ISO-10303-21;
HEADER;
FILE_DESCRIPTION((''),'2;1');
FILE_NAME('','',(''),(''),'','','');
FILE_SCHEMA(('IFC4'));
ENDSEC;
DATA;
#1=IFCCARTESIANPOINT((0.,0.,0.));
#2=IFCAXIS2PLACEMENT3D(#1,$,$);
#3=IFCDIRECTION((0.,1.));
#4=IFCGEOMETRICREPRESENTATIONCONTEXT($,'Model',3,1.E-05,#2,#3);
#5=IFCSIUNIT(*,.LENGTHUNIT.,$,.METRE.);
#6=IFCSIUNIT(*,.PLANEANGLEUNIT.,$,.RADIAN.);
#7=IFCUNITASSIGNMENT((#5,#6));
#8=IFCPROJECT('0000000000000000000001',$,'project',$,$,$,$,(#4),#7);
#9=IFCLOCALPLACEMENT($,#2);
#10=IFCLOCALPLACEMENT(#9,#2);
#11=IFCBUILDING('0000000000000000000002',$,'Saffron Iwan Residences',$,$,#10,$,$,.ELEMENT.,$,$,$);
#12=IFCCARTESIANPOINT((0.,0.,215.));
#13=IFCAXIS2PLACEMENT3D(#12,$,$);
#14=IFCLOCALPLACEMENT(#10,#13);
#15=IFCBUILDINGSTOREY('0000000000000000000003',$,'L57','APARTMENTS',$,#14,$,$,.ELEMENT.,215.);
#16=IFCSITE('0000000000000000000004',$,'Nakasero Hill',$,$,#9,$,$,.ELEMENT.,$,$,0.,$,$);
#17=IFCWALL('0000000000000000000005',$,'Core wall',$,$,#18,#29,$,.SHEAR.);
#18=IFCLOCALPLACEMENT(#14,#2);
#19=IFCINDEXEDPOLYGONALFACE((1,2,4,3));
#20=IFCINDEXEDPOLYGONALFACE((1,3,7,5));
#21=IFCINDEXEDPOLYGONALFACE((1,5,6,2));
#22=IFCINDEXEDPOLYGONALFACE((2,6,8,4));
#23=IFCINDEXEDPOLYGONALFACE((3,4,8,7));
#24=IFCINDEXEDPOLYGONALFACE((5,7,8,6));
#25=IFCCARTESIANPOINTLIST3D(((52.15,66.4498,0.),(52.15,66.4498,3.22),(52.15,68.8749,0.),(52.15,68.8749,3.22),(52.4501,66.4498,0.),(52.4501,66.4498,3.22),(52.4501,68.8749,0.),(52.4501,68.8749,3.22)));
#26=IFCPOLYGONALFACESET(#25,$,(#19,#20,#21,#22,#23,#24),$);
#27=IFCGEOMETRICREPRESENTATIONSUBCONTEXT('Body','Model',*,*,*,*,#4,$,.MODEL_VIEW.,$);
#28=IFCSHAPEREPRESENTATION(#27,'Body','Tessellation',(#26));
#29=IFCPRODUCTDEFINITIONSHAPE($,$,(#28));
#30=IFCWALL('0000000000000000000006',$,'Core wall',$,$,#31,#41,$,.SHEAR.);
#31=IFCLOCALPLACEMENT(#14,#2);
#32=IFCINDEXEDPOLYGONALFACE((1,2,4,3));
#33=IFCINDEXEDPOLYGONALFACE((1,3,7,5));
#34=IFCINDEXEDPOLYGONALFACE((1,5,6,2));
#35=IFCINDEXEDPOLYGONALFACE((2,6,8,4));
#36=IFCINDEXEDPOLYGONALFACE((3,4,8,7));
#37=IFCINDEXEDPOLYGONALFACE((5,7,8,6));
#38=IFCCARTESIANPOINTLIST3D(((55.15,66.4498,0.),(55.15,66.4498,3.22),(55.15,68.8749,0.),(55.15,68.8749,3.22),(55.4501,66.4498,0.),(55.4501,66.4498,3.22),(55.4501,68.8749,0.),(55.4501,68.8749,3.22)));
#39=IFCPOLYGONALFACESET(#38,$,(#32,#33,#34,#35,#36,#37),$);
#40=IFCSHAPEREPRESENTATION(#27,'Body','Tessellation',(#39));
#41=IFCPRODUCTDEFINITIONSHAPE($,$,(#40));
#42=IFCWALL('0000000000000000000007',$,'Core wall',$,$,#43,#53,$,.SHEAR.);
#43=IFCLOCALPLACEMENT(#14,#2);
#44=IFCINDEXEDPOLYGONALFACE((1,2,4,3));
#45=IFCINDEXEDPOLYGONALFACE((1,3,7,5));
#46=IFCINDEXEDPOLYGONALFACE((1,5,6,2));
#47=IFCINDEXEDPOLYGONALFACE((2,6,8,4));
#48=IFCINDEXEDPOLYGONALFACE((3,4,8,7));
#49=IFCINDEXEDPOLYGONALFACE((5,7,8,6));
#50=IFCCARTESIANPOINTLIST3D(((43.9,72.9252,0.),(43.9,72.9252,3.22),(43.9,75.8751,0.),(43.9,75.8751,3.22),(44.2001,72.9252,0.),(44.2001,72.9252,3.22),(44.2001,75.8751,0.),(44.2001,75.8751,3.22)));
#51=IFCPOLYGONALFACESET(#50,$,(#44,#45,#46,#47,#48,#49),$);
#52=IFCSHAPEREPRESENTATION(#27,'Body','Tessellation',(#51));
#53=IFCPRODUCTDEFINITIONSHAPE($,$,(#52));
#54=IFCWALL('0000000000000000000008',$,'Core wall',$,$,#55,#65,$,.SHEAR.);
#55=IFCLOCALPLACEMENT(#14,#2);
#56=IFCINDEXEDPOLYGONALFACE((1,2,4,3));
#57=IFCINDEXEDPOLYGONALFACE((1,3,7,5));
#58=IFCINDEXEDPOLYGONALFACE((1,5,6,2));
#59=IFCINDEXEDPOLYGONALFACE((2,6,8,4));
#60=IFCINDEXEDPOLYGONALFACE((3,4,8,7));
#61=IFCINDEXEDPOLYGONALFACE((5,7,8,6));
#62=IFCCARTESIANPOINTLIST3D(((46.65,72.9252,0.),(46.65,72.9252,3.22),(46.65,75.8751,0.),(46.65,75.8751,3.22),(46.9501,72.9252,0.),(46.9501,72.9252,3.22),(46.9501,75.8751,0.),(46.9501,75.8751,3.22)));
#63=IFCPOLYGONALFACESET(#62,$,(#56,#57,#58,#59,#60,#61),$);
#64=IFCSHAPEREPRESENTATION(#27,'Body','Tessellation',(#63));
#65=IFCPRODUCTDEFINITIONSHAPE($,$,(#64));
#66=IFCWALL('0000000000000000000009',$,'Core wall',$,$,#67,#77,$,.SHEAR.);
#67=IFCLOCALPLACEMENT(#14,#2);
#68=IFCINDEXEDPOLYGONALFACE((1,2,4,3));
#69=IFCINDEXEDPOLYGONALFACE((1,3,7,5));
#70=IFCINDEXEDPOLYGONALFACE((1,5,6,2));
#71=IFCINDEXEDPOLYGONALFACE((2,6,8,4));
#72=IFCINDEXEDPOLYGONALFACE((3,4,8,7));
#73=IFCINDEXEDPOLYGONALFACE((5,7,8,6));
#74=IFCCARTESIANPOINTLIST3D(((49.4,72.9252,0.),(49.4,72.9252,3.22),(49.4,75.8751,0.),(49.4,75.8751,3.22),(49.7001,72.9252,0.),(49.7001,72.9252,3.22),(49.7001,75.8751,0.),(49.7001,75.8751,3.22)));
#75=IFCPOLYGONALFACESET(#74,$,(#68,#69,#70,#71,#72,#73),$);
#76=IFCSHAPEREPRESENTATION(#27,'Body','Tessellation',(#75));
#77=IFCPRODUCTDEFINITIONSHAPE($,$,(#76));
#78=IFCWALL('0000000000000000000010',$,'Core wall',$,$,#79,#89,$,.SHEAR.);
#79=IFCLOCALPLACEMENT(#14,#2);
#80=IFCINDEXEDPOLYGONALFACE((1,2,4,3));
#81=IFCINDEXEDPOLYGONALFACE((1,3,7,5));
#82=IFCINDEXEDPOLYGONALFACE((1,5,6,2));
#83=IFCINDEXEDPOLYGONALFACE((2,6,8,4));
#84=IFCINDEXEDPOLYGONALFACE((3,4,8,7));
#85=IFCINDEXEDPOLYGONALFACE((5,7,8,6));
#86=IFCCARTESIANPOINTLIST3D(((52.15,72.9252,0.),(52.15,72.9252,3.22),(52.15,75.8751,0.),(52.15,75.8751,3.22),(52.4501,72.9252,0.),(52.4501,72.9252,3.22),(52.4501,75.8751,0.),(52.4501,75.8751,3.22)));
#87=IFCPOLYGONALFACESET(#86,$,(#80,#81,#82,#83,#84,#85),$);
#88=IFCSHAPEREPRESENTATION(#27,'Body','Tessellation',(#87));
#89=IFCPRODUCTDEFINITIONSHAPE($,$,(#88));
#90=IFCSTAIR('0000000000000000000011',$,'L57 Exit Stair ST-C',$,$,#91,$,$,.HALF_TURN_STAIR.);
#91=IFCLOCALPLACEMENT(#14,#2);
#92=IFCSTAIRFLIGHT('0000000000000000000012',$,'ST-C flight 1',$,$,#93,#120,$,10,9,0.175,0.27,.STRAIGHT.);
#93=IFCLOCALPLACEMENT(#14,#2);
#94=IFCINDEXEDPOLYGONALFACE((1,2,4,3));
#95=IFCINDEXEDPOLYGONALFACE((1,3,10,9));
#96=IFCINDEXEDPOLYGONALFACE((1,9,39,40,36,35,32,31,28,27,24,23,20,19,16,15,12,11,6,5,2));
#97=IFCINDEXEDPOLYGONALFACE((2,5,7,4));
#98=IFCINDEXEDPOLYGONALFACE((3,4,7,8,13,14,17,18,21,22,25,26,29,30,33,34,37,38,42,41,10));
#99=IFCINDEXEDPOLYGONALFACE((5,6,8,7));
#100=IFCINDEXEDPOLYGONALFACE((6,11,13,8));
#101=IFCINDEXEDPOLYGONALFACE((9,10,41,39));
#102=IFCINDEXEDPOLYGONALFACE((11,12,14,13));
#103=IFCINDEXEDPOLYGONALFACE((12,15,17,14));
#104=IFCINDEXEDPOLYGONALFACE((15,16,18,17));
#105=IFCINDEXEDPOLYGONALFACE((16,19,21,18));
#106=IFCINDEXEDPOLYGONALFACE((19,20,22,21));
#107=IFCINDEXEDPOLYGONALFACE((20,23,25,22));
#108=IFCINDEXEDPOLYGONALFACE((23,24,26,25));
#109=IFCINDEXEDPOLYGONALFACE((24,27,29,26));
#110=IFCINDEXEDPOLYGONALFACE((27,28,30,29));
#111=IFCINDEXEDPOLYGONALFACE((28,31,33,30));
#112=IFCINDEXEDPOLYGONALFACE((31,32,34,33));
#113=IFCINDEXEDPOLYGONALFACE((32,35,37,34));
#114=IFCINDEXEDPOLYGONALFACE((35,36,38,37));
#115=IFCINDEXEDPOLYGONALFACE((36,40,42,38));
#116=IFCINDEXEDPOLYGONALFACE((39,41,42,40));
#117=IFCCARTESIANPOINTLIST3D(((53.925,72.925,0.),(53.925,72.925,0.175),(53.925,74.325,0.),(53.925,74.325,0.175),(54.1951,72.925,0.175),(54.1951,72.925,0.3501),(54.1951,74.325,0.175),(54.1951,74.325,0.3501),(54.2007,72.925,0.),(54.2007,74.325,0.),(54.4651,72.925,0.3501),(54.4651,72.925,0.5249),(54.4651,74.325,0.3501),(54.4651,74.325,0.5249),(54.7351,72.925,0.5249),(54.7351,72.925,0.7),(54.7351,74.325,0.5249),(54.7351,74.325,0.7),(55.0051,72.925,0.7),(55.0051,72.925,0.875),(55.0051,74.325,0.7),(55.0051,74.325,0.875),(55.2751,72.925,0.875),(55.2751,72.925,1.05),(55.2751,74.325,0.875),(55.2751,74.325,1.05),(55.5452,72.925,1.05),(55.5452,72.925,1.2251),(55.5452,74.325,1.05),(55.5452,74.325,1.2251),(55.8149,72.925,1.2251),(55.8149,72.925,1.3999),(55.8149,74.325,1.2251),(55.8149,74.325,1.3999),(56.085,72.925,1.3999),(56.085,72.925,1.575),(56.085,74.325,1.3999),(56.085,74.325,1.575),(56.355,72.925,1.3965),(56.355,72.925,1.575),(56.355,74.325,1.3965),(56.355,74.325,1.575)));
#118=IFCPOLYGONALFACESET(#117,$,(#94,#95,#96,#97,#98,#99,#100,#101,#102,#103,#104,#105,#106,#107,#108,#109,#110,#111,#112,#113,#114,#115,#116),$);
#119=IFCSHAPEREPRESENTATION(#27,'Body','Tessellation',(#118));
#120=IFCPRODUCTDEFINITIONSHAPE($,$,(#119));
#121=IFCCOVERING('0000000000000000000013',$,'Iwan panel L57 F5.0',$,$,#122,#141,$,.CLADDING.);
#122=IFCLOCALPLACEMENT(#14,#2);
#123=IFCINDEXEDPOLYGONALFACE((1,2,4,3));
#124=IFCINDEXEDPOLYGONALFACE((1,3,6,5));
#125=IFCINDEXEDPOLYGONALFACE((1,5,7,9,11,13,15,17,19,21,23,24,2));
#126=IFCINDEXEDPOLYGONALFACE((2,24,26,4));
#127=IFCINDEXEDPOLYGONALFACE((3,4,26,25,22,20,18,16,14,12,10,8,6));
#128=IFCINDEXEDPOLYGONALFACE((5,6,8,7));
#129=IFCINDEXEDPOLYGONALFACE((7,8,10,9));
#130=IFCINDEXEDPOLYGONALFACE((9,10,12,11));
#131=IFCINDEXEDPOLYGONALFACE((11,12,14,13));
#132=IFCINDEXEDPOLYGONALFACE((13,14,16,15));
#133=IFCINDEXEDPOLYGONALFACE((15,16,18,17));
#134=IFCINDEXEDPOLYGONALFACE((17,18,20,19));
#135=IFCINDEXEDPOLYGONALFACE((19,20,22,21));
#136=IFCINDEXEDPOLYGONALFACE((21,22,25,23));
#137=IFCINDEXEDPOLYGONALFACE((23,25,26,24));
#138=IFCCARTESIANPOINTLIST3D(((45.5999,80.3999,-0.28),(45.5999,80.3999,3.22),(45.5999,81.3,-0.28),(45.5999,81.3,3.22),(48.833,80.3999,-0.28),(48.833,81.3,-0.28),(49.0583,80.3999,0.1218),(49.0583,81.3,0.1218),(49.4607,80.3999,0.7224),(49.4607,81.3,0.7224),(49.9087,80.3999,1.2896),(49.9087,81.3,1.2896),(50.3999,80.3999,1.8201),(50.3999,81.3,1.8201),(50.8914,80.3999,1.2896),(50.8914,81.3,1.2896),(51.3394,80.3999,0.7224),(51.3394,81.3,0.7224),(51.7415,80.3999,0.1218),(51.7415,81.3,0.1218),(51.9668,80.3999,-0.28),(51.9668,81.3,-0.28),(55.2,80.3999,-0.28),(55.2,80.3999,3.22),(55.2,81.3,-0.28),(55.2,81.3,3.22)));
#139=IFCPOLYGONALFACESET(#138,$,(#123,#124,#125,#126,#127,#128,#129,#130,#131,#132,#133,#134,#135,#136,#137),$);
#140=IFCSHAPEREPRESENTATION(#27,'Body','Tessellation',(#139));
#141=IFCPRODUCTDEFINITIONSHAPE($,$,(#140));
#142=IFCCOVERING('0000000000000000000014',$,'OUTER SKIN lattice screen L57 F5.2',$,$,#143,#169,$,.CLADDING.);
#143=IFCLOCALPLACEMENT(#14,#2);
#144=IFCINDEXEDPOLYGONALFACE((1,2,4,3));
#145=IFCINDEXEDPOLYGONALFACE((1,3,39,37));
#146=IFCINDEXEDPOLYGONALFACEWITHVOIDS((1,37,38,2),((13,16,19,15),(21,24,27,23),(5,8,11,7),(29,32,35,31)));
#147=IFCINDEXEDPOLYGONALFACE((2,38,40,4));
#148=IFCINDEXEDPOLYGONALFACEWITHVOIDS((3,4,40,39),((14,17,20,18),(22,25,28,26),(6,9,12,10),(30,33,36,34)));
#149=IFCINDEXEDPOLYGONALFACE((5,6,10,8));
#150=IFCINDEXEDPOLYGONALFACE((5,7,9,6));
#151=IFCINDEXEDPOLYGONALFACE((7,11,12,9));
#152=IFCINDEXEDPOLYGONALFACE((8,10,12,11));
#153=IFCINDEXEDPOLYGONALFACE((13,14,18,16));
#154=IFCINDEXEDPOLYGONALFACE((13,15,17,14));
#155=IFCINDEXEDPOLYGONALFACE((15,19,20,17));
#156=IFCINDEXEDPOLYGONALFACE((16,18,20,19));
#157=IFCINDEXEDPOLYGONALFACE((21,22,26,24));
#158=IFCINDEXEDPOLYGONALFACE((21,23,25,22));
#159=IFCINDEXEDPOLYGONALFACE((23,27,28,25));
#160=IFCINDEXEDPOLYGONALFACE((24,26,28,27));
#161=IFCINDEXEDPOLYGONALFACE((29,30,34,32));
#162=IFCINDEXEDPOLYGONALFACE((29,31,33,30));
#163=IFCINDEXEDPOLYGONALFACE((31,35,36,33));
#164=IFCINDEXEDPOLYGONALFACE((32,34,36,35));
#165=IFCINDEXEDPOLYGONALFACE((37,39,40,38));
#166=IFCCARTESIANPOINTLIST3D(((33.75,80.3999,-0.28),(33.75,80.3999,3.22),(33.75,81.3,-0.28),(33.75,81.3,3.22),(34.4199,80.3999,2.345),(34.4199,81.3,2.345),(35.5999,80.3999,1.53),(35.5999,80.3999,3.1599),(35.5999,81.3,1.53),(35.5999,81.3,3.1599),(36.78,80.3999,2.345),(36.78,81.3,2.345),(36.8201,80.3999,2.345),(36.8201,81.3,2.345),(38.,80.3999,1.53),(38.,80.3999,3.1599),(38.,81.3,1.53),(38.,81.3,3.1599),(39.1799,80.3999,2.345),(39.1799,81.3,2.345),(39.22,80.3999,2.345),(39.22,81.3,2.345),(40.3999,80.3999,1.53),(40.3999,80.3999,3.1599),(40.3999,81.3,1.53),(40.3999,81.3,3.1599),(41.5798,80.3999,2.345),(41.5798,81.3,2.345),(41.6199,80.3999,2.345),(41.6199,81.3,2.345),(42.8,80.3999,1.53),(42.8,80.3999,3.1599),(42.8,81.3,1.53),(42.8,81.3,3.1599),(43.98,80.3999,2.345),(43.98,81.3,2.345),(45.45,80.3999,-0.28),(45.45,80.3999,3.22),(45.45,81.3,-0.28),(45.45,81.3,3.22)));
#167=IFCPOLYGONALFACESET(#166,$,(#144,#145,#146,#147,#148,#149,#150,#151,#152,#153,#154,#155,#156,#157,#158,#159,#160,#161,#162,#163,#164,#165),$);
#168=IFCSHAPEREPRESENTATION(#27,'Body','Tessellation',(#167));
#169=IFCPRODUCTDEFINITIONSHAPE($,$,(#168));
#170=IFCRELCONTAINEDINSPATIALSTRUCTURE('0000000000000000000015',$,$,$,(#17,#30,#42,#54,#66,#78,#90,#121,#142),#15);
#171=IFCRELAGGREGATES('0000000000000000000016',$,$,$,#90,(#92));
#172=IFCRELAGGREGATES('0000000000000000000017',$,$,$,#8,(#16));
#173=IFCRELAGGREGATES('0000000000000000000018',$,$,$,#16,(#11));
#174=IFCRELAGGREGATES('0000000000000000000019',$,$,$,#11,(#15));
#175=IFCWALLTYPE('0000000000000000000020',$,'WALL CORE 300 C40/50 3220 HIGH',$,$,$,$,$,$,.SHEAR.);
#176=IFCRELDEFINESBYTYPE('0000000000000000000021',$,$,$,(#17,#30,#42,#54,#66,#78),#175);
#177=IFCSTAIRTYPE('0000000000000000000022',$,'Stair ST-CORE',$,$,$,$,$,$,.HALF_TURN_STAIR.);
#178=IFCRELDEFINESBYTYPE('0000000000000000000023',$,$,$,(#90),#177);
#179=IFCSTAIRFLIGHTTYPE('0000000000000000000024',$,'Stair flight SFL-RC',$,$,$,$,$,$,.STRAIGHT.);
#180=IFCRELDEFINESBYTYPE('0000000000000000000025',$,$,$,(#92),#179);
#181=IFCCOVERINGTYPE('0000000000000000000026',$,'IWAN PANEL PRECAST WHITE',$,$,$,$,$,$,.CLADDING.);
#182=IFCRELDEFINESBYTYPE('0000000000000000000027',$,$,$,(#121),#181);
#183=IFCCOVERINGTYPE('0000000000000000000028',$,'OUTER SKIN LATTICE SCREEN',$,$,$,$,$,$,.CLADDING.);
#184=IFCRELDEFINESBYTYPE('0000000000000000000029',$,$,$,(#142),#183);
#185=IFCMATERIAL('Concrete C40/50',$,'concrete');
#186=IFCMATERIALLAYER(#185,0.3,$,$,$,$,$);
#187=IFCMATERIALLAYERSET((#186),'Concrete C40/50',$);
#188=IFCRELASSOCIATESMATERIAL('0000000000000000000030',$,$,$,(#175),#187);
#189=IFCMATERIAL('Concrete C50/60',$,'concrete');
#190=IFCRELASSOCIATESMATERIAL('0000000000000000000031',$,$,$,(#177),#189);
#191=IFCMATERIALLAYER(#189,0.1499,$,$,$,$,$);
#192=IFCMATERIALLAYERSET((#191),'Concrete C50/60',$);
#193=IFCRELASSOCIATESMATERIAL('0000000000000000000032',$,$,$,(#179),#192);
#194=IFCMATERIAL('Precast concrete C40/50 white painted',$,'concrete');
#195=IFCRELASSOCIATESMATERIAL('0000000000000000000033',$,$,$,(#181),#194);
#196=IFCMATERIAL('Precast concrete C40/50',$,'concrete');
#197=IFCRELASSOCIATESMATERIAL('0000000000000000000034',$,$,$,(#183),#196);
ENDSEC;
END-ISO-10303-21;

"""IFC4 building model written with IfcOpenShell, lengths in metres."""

from ifc_helpers import new_model, si_unit, direction, frame, frame_2d, origin, place, context, subcontext, project, spatial, polyline, rectangle, outline, extrude, material, layer, layer_set, type_object, element, aggregate, save


model = new_model("IFC4")

# Units and contexts
model_context = context("Model", 3, precision=1e-05, world=origin(), true_north=direction((0.0, 1.0)))
body_context = subcontext(model_context, "Body", "Model", "MODEL_VIEW")
ifc_project = project(units=[si_unit("LENGTHUNIT", "METRE"), si_unit("PLANEANGLEUNIT", "RADIAN")], contexts=[model_context])

# Site, building, storey
site_placement = place(None, origin())
site = spatial("IfcSite", under=ifc_project, at=site_placement, Name="Nakasero Hill", CompositionType="ELEMENT", RefElevation=0.0)
building_placement = place(site_placement, origin())
building = spatial("IfcBuilding", under=site, at=building_placement, Name="Saffron Iwan Residences", CompositionType="ELEMENT")
storey_placement = place(building_placement, frame((0.0, 0.0, 215.0)))
storey = spatial("IfcBuildingStorey", under=building, at=storey_placement, Name="L57", Description="APARTMENTS", CompositionType="ELEMENT", Elevation=215.0)

# Shared definitions
ifc_material_1 = material(Name="Concrete C40/50", Category="concrete")

# Walls
ifc_layer_1 = layer(ifc_material_1, 0.3)
ifc_layer_set_1 = layer_set([ifc_layer_1], Name="Concrete C40/50")
wall_type_1 = type_object("IfcWallType", Name="WALL CORE 300 C40/50 3220 HIGH", PredefinedType="SHEAR", material=ifc_layer_set_1)
for number, where, z_axis, x_axis, name in (
    (1, (52.3, 66.45, 0.0), (0.0, 0.0, 1.0), (0.0, 1.0, 0.0), "Core wall"),
    (2, (55.3, 66.45, 0.0), (0.0, 0.0, 1.0), (0.0, 1.0, 0.0), "Core wall"),
):
    element("IfcWall", number, at=place(storey_placement, frame(where, z_axis=z_axis, x_axis=x_axis)), inside=storey, type_object=wall_type_1, Name=name, PredefinedType="SHEAR", context=body_context, shape_type="SweptSolid", body=[
        extrude(rectangle(XDim=2.425, YDim=0.3, at=frame_2d((1.2124, 0.0))), origin(), (0.0, 0.0, 1.0), 3.22),
    ])
for number, where, z_axis, x_axis, name in (
    (3, (44.05, 72.925, 0.0), (0.0, 0.0, 1.0), (0.0, 1.0, 0.0), "Core wall"),
    (4, (46.8, 72.925, 0.0), (0.0, 0.0, 1.0), (0.0, 1.0, 0.0), "Core wall"),
    (5, (49.55, 72.925, 0.0), (0.0, 0.0, 1.0), (0.0, 1.0, 0.0), "Core wall"),
    (6, (52.3, 72.925, 0.0), (0.0, 0.0, 1.0), (0.0, 1.0, 0.0), "Core wall"),
):
    element("IfcWall", number, at=place(storey_placement, frame(where, z_axis=z_axis, x_axis=x_axis)), inside=storey, type_object=wall_type_1, Name=name, PredefinedType="SHEAR", context=body_context, shape_type="SweptSolid", body=[
        extrude(rectangle(XDim=2.95, YDim=0.3, at=frame_2d((1.4751, 0.0))), origin(), (0.0, 0.0, 1.0), 3.22),
    ])

# Stair, stair flight
ifc_material_2 = material(Name="Concrete C50/60", Category="concrete")
stair_type = type_object("IfcStairType", Name="Stair ST-CORE", PredefinedType="HALF_TURN_STAIR", material=ifc_material_2)
stair_placement = place(storey_placement, origin())
stair = element("IfcStair", 7, at=stair_placement, inside=storey, type_object=stair_type, Name="L57 Exit Stair ST-C", PredefinedType="HALF_TURN_STAIR")
ifc_layer_2 = layer(ifc_material_2, 0.1499)
ifc_layer_set_2 = layer_set([ifc_layer_2], Name="Concrete C50/60")
stair_flight_type = type_object("IfcStairFlightType", Name="Stair flight SFL-RC", PredefinedType="STRAIGHT", material=ifc_layer_set_2)
stair_flight_placement = place(storey_placement, frame((53.925, 73.625, 0.0), z_axis=(0.0, 0.0, 1.0), x_axis=(1.0, 0.0, 0.0)))
stair_flight = element("IfcStairFlight", 8, at=stair_flight_placement, type_object=stair_flight_type, Name="ST-C flight 1", NumberOfRisers=10, NumberOfTreads=9, PredefinedType="STRAIGHT", RiserHeight=0.175, TreadLength=0.27, context=body_context, shape_type="SweptSolid", body=[
    extrude(outline(polyline([(0.0, 0.0), (0.0, 0.175), (0.27, 0.175), (0.27, 0.3501), (0.54, 0.3501), (0.54, 0.5249), (0.8101, 0.5249), (0.8101, 0.7), (1.0801, 0.7), (1.0801, 0.875), (1.3501, 0.875), (1.3501, 1.05), (1.6201, 1.05), (1.6201, 1.2251), (1.8899, 1.2251), (1.8899, 1.3999), (2.1599, 1.3999), (2.1599, 1.575), (2.4299, 1.575), (2.4299, 1.75), (2.4299, 1.3965), (0.2756, 0.0), (0.0, 0.0)])), frame((0.0, 0.7, 0.0), z_axis=(0.0, -1.0, 0.0), x_axis=(1.0, 0.0, 0.0)), (0.0, 0.0, 1.0), 1.3999),
])
aggregate(stair, [stair_flight])

# Coverings
ifc_material_3 = material(Name="Precast concrete C40/50 white painted", Category="concrete")
covering_type_1 = type_object("IfcCoveringType", Name="IWAN PANEL PRECAST WHITE", PredefinedType="CLADDING", material=ifc_material_3)
covering_1_placement = place(storey_placement, frame((55.2, 80.3999, -0.28), z_axis=(0.0, 1.0, 0.0), x_axis=(-1.0, 0.0, 0.0)))
element("IfcCovering", 9, at=covering_1_placement, inside=storey, type_object=covering_type_1, Name="Iwan panel L57 F5.0", PredefinedType="CLADDING", context=body_context, shape_type="SweptSolid", body=[
    extrude(outline(polyline([(0.0, 0.0), (0.0, 3.5), (9.6001, 3.5), (9.6001, 0.0), (6.3669, 0.0), (6.1416, 0.4019), (5.7393, 1.0024), (5.2913, 1.5696), (4.8, 2.1001), (4.3086, 1.5696), (3.8606, 1.0024), (3.4585, 0.4019), (3.2332, 0.0), (0.0, 0.0)])), origin(), (0.0, 0.0, 1.0), 0.9001),
])
ifc_material_4 = material(Name="Precast concrete C40/50", Category="concrete")
covering_type_2 = type_object("IfcCoveringType", Name="OUTER SKIN LATTICE SCREEN", PredefinedType="CLADDING", material=ifc_material_4)
covering_2_placement = place(storey_placement, frame((45.45, 80.3999, -0.28), z_axis=(0.0, 1.0, 0.0), x_axis=(-1.0, 0.0, 0.0)))
element("IfcCovering", 10, at=covering_2_placement, inside=storey, type_object=covering_type_2, Name="OUTER SKIN lattice screen L57 F5.2", PredefinedType="CLADDING", context=body_context, shape_type="SweptSolid", body=[
    extrude(outline(polyline([(0.0, 0.0), (11.7, 0.0), (11.7, 3.5), (0.0, 3.5), (0.0, 0.0)]), holes=[polyline([(1.47, 2.625), (2.6499, 1.8101), (3.8301, 2.625), (2.6499, 3.4399), (1.47, 2.625)]), polyline([(3.8701, 2.625), (5.05, 1.8101), (6.23, 2.625), (5.05, 3.4399), (3.8701, 2.625)]), polyline([(6.27, 2.625), (7.45, 1.8101), (8.6299, 2.625), (7.45, 3.4399), (6.27, 2.625)]), polyline([(8.6699, 2.625), (9.8501, 1.8101), (11.03, 2.625), (9.8501, 3.4399), (8.6699, 2.625)])]), origin(), (0.0, 0.0, 1.0), 0.9001),
])

save(model, "model.ifc")
